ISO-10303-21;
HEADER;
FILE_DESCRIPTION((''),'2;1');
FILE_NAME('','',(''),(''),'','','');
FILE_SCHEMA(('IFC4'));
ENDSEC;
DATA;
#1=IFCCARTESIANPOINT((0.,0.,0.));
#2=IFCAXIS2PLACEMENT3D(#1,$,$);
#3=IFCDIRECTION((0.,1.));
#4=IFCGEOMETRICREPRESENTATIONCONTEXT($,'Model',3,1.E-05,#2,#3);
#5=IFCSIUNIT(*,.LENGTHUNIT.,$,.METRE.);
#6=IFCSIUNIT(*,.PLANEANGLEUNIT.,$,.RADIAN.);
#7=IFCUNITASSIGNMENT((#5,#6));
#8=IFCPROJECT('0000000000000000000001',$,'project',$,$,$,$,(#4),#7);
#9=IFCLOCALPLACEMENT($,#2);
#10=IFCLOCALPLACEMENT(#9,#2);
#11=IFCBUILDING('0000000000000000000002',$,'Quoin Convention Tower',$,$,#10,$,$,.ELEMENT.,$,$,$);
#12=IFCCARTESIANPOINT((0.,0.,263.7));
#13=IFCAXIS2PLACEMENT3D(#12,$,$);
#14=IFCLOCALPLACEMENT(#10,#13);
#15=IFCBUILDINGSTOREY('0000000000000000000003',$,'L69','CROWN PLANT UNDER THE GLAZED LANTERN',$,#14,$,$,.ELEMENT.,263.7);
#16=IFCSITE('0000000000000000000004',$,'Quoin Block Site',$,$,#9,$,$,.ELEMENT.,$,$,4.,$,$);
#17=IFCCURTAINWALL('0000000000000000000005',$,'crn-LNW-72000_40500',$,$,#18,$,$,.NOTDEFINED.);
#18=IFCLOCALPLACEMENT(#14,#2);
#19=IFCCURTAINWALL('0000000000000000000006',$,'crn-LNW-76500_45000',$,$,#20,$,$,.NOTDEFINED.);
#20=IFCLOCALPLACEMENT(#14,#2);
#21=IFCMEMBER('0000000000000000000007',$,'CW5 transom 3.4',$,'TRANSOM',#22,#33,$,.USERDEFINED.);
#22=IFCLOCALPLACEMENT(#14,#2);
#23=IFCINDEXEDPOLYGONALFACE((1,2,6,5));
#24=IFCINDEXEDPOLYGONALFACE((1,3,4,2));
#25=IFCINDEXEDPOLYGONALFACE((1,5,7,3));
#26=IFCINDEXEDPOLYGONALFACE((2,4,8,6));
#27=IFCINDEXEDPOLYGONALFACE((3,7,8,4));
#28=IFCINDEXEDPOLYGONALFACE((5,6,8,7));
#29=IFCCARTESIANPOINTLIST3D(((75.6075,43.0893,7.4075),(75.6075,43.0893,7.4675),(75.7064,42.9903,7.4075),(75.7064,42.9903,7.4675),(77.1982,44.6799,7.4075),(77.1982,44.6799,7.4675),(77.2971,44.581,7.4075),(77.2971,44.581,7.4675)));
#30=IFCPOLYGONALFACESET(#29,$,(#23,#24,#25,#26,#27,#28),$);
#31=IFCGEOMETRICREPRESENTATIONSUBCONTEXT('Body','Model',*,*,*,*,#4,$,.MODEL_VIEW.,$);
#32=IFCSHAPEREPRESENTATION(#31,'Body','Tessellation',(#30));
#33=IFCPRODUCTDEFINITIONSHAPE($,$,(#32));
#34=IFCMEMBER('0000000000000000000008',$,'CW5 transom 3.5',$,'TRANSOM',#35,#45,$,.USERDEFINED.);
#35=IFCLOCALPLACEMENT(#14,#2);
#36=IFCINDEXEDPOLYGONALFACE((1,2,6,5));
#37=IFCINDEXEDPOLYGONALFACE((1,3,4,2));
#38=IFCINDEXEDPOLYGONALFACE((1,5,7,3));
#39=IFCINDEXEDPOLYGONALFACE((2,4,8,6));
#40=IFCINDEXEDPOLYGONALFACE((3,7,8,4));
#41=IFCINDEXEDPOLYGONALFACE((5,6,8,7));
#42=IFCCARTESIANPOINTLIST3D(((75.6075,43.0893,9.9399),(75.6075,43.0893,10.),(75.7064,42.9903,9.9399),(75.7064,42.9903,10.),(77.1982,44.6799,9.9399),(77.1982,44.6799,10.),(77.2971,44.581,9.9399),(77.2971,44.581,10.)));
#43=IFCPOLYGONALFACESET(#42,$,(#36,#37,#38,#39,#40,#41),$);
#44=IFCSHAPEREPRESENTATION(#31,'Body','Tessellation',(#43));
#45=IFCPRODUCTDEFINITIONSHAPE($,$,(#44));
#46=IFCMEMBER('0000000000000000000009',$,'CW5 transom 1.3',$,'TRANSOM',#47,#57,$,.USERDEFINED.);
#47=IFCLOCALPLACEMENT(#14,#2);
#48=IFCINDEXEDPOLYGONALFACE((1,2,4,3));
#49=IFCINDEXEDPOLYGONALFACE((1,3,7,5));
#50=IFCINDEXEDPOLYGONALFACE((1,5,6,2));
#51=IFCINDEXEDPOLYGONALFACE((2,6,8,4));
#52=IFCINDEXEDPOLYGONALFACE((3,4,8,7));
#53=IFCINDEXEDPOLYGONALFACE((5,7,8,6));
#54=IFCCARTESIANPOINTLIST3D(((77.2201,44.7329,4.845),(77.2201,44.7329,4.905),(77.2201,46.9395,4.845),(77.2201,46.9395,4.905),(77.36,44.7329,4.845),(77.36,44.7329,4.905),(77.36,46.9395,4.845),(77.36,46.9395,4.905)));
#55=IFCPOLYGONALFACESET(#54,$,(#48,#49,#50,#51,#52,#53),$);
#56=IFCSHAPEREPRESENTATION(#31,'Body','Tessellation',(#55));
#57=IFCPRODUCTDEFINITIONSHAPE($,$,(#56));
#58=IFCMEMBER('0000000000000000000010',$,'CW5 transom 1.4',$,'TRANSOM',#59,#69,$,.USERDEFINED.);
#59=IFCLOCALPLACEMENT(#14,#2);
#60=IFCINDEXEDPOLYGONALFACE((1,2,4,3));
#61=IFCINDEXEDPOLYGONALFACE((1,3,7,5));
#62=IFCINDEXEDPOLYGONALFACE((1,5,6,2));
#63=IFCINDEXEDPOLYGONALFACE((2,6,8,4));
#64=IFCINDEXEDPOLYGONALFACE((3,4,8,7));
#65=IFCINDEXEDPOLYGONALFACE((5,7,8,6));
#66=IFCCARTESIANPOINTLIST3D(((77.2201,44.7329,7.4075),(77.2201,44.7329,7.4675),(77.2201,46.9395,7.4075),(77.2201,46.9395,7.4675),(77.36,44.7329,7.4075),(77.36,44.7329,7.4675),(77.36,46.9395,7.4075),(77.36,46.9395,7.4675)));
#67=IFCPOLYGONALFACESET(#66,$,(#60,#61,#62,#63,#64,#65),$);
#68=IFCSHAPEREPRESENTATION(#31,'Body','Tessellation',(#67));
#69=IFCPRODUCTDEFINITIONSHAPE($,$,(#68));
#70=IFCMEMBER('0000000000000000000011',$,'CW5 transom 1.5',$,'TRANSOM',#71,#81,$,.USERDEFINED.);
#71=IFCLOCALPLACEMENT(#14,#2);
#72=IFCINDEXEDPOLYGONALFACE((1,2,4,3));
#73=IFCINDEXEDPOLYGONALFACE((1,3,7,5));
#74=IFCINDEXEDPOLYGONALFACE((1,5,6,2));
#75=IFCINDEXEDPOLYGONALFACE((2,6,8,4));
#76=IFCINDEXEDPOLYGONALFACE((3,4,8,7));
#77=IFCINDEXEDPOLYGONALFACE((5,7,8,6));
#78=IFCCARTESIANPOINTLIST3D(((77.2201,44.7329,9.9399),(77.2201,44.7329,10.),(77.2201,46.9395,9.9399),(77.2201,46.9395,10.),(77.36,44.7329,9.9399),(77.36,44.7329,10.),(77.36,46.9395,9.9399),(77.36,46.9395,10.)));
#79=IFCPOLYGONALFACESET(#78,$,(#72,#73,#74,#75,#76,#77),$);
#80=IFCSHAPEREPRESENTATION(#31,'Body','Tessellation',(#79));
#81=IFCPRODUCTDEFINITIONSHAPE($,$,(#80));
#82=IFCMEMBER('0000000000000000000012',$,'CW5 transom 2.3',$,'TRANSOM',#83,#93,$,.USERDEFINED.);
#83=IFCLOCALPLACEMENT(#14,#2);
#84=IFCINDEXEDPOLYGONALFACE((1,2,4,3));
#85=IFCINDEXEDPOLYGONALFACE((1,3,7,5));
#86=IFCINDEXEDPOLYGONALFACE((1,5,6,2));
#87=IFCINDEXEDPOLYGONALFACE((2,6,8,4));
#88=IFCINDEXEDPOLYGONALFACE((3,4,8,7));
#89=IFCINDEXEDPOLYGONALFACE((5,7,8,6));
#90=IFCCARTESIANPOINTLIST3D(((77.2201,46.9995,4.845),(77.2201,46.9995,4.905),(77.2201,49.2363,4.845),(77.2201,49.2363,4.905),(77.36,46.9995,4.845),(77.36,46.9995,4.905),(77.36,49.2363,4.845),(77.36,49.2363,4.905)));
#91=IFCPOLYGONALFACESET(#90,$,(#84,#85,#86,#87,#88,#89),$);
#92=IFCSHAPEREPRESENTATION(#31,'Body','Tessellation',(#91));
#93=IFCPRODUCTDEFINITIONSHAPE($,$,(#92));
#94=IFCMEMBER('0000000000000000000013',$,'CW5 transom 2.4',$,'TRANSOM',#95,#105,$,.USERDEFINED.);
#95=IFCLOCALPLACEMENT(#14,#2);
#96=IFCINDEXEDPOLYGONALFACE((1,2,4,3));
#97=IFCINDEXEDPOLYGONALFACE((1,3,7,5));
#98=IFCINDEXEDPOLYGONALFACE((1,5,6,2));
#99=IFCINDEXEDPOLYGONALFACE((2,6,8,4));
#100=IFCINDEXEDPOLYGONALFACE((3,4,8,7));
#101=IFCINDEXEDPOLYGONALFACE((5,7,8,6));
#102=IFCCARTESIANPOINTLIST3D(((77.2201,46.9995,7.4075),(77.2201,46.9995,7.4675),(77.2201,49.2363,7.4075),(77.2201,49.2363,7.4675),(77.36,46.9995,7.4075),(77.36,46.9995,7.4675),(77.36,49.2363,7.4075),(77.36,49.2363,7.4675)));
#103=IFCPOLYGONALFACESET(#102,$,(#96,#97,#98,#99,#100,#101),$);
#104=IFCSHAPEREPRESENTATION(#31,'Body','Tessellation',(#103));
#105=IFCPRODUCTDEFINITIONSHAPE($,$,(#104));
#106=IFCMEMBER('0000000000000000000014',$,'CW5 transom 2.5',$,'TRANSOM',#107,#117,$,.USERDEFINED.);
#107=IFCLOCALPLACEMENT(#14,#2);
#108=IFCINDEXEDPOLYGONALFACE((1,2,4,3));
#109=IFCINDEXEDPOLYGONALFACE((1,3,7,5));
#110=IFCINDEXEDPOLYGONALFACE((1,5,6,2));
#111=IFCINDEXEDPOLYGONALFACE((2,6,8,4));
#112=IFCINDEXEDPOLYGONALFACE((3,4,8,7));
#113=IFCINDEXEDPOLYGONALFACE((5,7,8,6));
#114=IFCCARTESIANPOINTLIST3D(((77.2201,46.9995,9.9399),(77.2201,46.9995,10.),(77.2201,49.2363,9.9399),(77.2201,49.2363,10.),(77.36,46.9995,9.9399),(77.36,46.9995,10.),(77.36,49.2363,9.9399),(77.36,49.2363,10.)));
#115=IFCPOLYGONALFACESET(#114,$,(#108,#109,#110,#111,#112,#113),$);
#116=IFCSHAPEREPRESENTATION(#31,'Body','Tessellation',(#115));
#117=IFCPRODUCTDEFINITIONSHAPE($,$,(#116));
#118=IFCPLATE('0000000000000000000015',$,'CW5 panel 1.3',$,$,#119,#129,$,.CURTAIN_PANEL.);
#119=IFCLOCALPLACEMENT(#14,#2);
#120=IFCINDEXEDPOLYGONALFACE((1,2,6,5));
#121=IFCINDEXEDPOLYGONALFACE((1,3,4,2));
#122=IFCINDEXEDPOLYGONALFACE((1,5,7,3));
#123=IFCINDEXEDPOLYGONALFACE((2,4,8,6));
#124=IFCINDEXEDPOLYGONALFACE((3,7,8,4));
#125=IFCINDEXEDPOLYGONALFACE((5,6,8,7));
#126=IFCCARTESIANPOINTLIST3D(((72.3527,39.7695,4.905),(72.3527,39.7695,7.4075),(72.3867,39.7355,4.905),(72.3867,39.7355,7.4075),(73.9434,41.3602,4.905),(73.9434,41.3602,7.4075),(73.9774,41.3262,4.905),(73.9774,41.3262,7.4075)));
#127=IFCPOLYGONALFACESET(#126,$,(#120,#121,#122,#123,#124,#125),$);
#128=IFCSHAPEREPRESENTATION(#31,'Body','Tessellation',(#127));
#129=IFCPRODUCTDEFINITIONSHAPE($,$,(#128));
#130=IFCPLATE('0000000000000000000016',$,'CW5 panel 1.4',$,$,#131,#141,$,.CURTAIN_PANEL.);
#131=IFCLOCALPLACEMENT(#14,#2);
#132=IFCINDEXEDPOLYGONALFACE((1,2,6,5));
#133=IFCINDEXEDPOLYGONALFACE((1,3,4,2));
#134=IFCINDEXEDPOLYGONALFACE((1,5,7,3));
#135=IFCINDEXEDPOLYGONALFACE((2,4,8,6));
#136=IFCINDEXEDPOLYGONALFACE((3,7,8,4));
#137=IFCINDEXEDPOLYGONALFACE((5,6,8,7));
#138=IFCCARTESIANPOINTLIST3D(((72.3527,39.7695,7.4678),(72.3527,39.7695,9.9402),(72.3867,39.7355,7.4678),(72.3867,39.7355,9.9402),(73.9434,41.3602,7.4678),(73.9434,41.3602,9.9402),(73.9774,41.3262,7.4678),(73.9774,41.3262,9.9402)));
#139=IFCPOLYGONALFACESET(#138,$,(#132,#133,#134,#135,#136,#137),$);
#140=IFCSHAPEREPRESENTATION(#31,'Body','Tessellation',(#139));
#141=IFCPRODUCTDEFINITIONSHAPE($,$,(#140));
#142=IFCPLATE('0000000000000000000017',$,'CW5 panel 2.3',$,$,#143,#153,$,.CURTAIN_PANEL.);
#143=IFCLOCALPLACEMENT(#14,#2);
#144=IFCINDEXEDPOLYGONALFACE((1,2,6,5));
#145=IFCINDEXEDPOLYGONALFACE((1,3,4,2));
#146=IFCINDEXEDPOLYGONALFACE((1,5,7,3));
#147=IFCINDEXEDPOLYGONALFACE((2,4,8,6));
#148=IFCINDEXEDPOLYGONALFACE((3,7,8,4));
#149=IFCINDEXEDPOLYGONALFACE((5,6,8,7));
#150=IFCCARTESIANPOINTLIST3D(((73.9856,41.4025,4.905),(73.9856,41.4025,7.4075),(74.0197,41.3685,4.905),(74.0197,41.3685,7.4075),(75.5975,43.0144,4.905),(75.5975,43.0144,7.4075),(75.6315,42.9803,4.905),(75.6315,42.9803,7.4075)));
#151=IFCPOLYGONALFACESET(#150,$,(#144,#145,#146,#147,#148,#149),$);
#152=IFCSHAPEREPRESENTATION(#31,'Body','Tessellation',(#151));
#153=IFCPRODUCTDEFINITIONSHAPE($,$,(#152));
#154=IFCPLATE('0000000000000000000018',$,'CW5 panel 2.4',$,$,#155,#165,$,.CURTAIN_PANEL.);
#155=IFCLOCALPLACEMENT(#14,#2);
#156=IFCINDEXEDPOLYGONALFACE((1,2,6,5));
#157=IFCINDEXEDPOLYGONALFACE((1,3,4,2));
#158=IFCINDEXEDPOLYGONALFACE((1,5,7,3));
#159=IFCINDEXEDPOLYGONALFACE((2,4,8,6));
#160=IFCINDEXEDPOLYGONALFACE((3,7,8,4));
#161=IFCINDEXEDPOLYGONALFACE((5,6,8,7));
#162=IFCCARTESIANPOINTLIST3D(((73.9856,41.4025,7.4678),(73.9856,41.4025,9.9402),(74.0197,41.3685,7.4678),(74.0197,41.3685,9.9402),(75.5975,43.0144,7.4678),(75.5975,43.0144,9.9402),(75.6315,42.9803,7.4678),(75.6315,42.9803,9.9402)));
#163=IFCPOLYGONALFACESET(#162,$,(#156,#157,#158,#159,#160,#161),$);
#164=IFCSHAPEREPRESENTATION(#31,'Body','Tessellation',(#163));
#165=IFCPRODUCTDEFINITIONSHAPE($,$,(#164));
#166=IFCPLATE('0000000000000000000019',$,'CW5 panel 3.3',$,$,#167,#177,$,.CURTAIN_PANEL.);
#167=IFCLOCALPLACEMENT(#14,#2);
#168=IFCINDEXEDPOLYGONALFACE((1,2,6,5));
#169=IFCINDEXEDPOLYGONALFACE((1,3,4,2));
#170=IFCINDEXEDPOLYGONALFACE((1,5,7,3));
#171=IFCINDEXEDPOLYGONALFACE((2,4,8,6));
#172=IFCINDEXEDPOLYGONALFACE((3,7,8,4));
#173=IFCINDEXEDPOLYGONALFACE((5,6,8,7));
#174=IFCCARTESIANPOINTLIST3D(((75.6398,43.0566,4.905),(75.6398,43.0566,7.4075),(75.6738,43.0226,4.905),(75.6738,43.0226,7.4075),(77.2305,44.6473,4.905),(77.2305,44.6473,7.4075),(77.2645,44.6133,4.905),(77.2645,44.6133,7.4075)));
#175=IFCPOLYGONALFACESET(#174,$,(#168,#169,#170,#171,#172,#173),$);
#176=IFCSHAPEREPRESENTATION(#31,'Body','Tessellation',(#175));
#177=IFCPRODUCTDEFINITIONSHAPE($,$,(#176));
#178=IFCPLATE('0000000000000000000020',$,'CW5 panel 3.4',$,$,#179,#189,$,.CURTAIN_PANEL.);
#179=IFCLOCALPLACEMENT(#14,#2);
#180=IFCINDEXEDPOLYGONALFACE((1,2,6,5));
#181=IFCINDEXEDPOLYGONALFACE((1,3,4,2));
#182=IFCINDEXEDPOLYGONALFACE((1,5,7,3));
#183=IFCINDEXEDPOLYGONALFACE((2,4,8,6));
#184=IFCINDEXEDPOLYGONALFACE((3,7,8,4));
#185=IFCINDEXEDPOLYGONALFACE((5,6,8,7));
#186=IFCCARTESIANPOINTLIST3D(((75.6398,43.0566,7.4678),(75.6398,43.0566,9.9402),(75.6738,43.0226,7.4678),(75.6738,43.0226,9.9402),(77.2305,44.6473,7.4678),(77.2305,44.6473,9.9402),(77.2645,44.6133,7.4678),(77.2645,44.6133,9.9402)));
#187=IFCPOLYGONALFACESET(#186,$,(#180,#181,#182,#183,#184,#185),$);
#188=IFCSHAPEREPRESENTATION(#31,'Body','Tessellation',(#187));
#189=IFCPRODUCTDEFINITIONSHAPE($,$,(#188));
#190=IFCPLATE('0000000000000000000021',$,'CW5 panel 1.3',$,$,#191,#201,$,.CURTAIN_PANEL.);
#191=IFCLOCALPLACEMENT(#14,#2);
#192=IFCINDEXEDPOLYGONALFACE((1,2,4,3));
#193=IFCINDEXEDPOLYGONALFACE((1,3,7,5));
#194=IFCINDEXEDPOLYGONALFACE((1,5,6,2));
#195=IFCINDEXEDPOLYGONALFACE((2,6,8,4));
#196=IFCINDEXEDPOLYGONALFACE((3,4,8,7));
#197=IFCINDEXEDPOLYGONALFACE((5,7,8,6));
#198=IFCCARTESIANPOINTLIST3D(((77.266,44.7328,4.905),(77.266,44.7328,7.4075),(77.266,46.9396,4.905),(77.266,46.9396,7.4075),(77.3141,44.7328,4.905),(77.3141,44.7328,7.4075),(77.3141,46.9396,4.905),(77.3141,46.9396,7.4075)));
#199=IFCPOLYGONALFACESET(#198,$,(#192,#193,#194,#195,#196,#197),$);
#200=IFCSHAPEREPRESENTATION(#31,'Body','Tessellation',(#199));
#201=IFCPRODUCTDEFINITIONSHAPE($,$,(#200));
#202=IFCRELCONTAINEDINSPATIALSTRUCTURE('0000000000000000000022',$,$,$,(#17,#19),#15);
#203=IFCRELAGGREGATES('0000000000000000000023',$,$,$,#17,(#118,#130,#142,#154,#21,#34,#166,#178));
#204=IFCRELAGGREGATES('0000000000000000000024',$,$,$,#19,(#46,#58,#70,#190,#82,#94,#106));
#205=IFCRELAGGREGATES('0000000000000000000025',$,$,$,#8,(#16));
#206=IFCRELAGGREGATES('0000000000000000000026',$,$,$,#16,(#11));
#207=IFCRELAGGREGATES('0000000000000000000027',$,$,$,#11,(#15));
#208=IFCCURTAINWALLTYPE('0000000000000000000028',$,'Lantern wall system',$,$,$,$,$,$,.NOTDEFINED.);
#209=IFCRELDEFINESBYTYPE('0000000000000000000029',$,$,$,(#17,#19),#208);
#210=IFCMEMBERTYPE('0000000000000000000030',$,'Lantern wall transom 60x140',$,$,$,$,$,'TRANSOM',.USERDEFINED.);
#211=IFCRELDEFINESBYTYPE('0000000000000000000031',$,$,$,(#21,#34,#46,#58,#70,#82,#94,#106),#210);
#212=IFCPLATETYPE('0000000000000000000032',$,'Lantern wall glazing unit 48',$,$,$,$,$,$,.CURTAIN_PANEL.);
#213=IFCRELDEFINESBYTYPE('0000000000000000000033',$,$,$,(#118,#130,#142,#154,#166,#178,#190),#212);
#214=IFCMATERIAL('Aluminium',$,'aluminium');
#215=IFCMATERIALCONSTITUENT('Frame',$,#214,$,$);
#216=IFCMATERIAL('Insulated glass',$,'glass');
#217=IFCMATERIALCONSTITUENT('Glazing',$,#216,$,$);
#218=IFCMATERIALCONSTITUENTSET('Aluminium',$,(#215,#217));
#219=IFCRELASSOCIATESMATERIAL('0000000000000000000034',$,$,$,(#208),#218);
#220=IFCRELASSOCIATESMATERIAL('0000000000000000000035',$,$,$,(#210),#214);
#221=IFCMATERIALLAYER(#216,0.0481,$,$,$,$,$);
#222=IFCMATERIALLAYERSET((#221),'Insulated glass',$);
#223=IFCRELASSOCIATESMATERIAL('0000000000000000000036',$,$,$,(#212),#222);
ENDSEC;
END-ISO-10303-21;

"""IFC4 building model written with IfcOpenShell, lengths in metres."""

from ifc_helpers import new_model, si_unit, direction, frame, origin, origin_2d, place, context, subcontext, project, spatial, rectangle, extrude, material, layer, layer_set, constituent, constituent_set, material_profile, profile_set, type_object, element, aggregate, save


model = new_model("IFC4")

# Units and contexts
model_context = context("Model", 3, precision=1e-05, world=origin(), true_north=direction((0.0, 1.0)))
body_context = subcontext(model_context, "Body", "Model", "MODEL_VIEW")
ifc_project = project(units=[si_unit("LENGTHUNIT", "METRE"), si_unit("PLANEANGLEUNIT", "RADIAN")], contexts=[model_context])

# Site, building, storey
site_placement = place(None, origin())
site = spatial("IfcSite", under=ifc_project, at=site_placement, Name="Quoin Block Site", CompositionType="ELEMENT", RefElevation=4.0)
building_placement = place(site_placement, origin())
building = spatial("IfcBuilding", under=site, at=building_placement, Name="Quoin Convention Tower", CompositionType="ELEMENT")
storey_placement = place(building_placement, frame((0.0, 0.0, 263.7)))
storey = spatial("IfcBuildingStorey", under=building, at=storey_placement, Name="L69", Description="CROWN PLANT UNDER THE GLAZED LANTERN", CompositionType="ELEMENT", Elevation=263.7)

# Curtain walls
ifc_material_1 = material(Name="Aluminium", Category="aluminium")
ifc_constituent_1 = constituent(ifc_material_1, Name="Frame")
ifc_material_2 = material(Name="Insulated glass", Category="glass")
ifc_constituent_2 = constituent(ifc_material_2, Name="Glazing")
ifc_constituent_set = constituent_set(constituents=[ifc_constituent_1, ifc_constituent_2], Name="Aluminium")
curtain_wall_type = type_object("IfcCurtainWallType", Name="Lantern wall system", PredefinedType="NOTDEFINED", material=ifc_constituent_set)
curtain_wall_1_placement = place(storey_placement, origin())
curtain_wall_1 = element("IfcCurtainWall", 1, at=curtain_wall_1_placement, inside=storey, type_object=curtain_wall_type, Name="crn-LNW-72000_40500", PredefinedType="NOTDEFINED")
curtain_wall_2_placement = place(storey_placement, origin())
curtain_wall_2 = element("IfcCurtainWall", 2, at=curtain_wall_2_placement, inside=storey, type_object=curtain_wall_type, Name="crn-LNW-76500_45000", PredefinedType="NOTDEFINED")

# Members
ifc_material_profile_1 = material_profile(ifc_material_1, rectangle(XDim=0.1399, YDim=0.0601, at=origin_2d()), Name="Lantern wall transom 60x140")
ifc_profile_set_1 = profile_set([ifc_material_profile_1], Name="Aluminium")
member_type_1 = type_object("IfcMemberType", Name="Lantern wall transom 60x140", ElementType="TRANSOM", PredefinedType="USERDEFINED", material=ifc_profile_set_1)
member_1_placement = place(storey_placement, frame((75.657, 43.0398, 7.4375), z_axis=(0.707107, 0.707107, 0.0), x_axis=(-0.707107, 0.707107, 0.0)))
member_1 = element("IfcMember", 3, at=member_1_placement, type_object=member_type_1, Name="CW5 transom 3.4", ObjectType="TRANSOM", PredefinedType="USERDEFINED", context=body_context, shape_type="SweptSolid", body=[
    extrude(rectangle(XDim=0.1399, YDim=0.0601, at=origin_2d()), origin(), (0.0, 0.0, 1.0), 2.2495),
])
member_2_placement = place(storey_placement, frame((75.657, 43.0398, 9.97), z_axis=(0.707107, 0.707107, 0.0), x_axis=(-0.707107, 0.707107, 0.0)))
member_2 = element("IfcMember", 4, at=member_2_placement, type_object=member_type_1, Name="CW5 transom 3.5", ObjectType="TRANSOM", PredefinedType="USERDEFINED", context=body_context, shape_type="SweptSolid", body=[
    extrude(rectangle(XDim=0.1399, YDim=0.0601, at=origin_2d()), origin(), (0.0, 0.0, 1.0), 2.2495),
])
member_3_placement = place(storey_placement, frame((77.29, 44.7329, 4.875), z_axis=(0.0, 1.0, 0.0), x_axis=(-1.0, 0.0, 0.0)))
member_3 = element("IfcMember", 5, at=member_3_placement, type_object=member_type_1, Name="CW5 transom 1.3", ObjectType="TRANSOM", PredefinedType="USERDEFINED", context=body_context, shape_type="SweptSolid", body=[
    extrude(rectangle(XDim=0.1399, YDim=0.0601, at=origin_2d()), origin(), (0.0, 0.0, 1.0), 2.2065),
])
member_4_placement = place(storey_placement, frame((77.29, 44.7329, 7.4375), z_axis=(0.0, 1.0, 0.0), x_axis=(-1.0, 0.0, 0.0)))
member_4 = element("IfcMember", 6, at=member_4_placement, type_object=member_type_1, Name="CW5 transom 1.4", ObjectType="TRANSOM", PredefinedType="USERDEFINED", context=body_context, shape_type="SweptSolid", body=[
    extrude(rectangle(XDim=0.1399, YDim=0.0601, at=origin_2d()), origin(), (0.0, 0.0, 1.0), 2.2065),
])
member_5_placement = place(storey_placement, frame((77.29, 44.7329, 9.97), z_axis=(0.0, 1.0, 0.0), x_axis=(-1.0, 0.0, 0.0)))
member_5 = element("IfcMember", 7, at=member_5_placement, type_object=member_type_1, Name="CW5 transom 1.5", ObjectType="TRANSOM", PredefinedType="USERDEFINED", context=body_context, shape_type="SweptSolid", body=[
    extrude(rectangle(XDim=0.1399, YDim=0.0601, at=origin_2d()), origin(), (0.0, 0.0, 1.0), 2.2065),
])
member_6_placement = place(storey_placement, frame((77.29, 46.9995, 4.875), z_axis=(0.0, 1.0, 0.0), x_axis=(-1.0, 0.0, 0.0)))
member_6 = element("IfcMember", 8, at=member_6_placement, type_object=member_type_1, Name="CW5 transom 2.3", ObjectType="TRANSOM", PredefinedType="USERDEFINED", context=body_context, shape_type="SweptSolid", body=[
    extrude(rectangle(XDim=0.1399, YDim=0.0601, at=origin_2d()), origin(), (0.0, 0.0, 1.0), 2.2368),
])
member_7_placement = place(storey_placement, frame((77.29, 46.9995, 7.4375), z_axis=(0.0, 1.0, 0.0), x_axis=(-1.0, 0.0, 0.0)))
member_7 = element("IfcMember", 9, at=member_7_placement, type_object=member_type_1, Name="CW5 transom 2.4", ObjectType="TRANSOM", PredefinedType="USERDEFINED", context=body_context, shape_type="SweptSolid", body=[
    extrude(rectangle(XDim=0.1399, YDim=0.0601, at=origin_2d()), origin(), (0.0, 0.0, 1.0), 2.2368),
])
member_8_placement = place(storey_placement, frame((77.29, 46.9995, 9.97), z_axis=(0.0, 1.0, 0.0), x_axis=(-1.0, 0.0, 0.0)))
member_8 = element("IfcMember", 10, at=member_8_placement, type_object=member_type_1, Name="CW5 transom 2.5", ObjectType="TRANSOM", PredefinedType="USERDEFINED", context=body_context, shape_type="SweptSolid", body=[
    extrude(rectangle(XDim=0.1399, YDim=0.0601, at=origin_2d()), origin(), (0.0, 0.0, 1.0), 2.2368),
])

# Plates
ifc_layer = layer(ifc_material_2, 0.0481)
ifc_layer_set = layer_set([ifc_layer], Name="Insulated glass")
plate_type = type_object("IfcPlateType", Name="Lantern wall glazing unit 48", PredefinedType="CURTAIN_PANEL", material=ifc_layer_set)
plate_1_placement = place(storey_placement, frame((73.165, 40.5479, 4.905), z_axis=(0.0, 0.0, 1.0), x_axis=(0.707107, 0.707107, 0.0)))
plate_1 = element("IfcPlate", 11, at=plate_1_placement, type_object=plate_type, Name="CW5 panel 1.3", PredefinedType="CURTAIN_PANEL", context=body_context, shape_type="SweptSolid", body=[
    extrude(rectangle(XDim=2.2495, YDim=0.0481, at=origin_2d()), origin(), (0.0, 0.0, 1.0), 2.5024),
])
plate_2_placement = place(storey_placement, frame((73.165, 40.5479, 7.4678), z_axis=(0.0, 0.0, 1.0), x_axis=(0.707107, 0.707107, 0.0)))
plate_2 = element("IfcPlate", 12, at=plate_2_placement, type_object=plate_type, Name="CW5 panel 1.4", PredefinedType="CURTAIN_PANEL", context=body_context, shape_type="SweptSolid", body=[
    extrude(rectangle(XDim=2.2495, YDim=0.0481, at=origin_2d()), origin(), (0.0, 0.0, 1.0), 2.4724),
])
plate_3_placement = place(storey_placement, frame((74.8086, 42.1914, 4.905), z_axis=(0.0, 0.0, 1.0), x_axis=(0.707107, 0.707107, 0.0)))
plate_3 = element("IfcPlate", 13, at=plate_3_placement, type_object=plate_type, Name="CW5 panel 2.3", PredefinedType="CURTAIN_PANEL", context=body_context, shape_type="SweptSolid", body=[
    extrude(rectangle(XDim=2.2795, YDim=0.0481, at=origin_2d()), origin(), (0.0, 0.0, 1.0), 2.5024),
])
plate_4_placement = place(storey_placement, frame((74.8086, 42.1914, 7.4678), z_axis=(0.0, 0.0, 1.0), x_axis=(0.707107, 0.707107, 0.0)))
plate_4 = element("IfcPlate", 14, at=plate_4_placement, type_object=plate_type, Name="CW5 panel 2.4", PredefinedType="CURTAIN_PANEL", context=body_context, shape_type="SweptSolid", body=[
    extrude(rectangle(XDim=2.2795, YDim=0.0481, at=origin_2d()), origin(), (0.0, 0.0, 1.0), 2.4724),
])
plate_5_placement = place(storey_placement, frame((76.4521, 43.835, 4.905), z_axis=(0.0, 0.0, 1.0), x_axis=(0.707107, 0.707107, 0.0)))
plate_5 = element("IfcPlate", 15, at=plate_5_placement, type_object=plate_type, Name="CW5 panel 3.3", PredefinedType="CURTAIN_PANEL", context=body_context, shape_type="SweptSolid", body=[
    extrude(rectangle(XDim=2.2495, YDim=0.0481, at=origin_2d()), origin(), (0.0, 0.0, 1.0), 2.5024),
])
plate_6_placement = place(storey_placement, frame((76.4521, 43.835, 7.4678), z_axis=(0.0, 0.0, 1.0), x_axis=(0.707107, 0.707107, 0.0)))
plate_6 = element("IfcPlate", 16, at=plate_6_placement, type_object=plate_type, Name="CW5 panel 3.4", PredefinedType="CURTAIN_PANEL", context=body_context, shape_type="SweptSolid", body=[
    extrude(rectangle(XDim=2.2495, YDim=0.0481, at=origin_2d()), origin(), (0.0, 0.0, 1.0), 2.4724),
])
aggregate(curtain_wall_1, [plate_1, plate_2, plate_3, plate_4, member_1, member_2, plate_5, plate_6])
plate_7_placement = place(storey_placement, frame((77.29, 45.8362, 4.905), z_axis=(0.0, 0.0, 1.0), x_axis=(0.0, 1.0, 0.0)))
plate_7 = element("IfcPlate", 17, at=plate_7_placement, type_object=plate_type, Name="CW5 panel 1.3", PredefinedType="CURTAIN_PANEL", context=body_context, shape_type="SweptSolid", body=[
    extrude(rectangle(XDim=2.2068, YDim=0.0481, at=origin_2d()), origin(), (0.0, 0.0, 1.0), 2.5024),
])
aggregate(curtain_wall_2, [member_3, member_4, member_5, plate_7, member_6, member_7, member_8])

save(model, "model.ifc")
